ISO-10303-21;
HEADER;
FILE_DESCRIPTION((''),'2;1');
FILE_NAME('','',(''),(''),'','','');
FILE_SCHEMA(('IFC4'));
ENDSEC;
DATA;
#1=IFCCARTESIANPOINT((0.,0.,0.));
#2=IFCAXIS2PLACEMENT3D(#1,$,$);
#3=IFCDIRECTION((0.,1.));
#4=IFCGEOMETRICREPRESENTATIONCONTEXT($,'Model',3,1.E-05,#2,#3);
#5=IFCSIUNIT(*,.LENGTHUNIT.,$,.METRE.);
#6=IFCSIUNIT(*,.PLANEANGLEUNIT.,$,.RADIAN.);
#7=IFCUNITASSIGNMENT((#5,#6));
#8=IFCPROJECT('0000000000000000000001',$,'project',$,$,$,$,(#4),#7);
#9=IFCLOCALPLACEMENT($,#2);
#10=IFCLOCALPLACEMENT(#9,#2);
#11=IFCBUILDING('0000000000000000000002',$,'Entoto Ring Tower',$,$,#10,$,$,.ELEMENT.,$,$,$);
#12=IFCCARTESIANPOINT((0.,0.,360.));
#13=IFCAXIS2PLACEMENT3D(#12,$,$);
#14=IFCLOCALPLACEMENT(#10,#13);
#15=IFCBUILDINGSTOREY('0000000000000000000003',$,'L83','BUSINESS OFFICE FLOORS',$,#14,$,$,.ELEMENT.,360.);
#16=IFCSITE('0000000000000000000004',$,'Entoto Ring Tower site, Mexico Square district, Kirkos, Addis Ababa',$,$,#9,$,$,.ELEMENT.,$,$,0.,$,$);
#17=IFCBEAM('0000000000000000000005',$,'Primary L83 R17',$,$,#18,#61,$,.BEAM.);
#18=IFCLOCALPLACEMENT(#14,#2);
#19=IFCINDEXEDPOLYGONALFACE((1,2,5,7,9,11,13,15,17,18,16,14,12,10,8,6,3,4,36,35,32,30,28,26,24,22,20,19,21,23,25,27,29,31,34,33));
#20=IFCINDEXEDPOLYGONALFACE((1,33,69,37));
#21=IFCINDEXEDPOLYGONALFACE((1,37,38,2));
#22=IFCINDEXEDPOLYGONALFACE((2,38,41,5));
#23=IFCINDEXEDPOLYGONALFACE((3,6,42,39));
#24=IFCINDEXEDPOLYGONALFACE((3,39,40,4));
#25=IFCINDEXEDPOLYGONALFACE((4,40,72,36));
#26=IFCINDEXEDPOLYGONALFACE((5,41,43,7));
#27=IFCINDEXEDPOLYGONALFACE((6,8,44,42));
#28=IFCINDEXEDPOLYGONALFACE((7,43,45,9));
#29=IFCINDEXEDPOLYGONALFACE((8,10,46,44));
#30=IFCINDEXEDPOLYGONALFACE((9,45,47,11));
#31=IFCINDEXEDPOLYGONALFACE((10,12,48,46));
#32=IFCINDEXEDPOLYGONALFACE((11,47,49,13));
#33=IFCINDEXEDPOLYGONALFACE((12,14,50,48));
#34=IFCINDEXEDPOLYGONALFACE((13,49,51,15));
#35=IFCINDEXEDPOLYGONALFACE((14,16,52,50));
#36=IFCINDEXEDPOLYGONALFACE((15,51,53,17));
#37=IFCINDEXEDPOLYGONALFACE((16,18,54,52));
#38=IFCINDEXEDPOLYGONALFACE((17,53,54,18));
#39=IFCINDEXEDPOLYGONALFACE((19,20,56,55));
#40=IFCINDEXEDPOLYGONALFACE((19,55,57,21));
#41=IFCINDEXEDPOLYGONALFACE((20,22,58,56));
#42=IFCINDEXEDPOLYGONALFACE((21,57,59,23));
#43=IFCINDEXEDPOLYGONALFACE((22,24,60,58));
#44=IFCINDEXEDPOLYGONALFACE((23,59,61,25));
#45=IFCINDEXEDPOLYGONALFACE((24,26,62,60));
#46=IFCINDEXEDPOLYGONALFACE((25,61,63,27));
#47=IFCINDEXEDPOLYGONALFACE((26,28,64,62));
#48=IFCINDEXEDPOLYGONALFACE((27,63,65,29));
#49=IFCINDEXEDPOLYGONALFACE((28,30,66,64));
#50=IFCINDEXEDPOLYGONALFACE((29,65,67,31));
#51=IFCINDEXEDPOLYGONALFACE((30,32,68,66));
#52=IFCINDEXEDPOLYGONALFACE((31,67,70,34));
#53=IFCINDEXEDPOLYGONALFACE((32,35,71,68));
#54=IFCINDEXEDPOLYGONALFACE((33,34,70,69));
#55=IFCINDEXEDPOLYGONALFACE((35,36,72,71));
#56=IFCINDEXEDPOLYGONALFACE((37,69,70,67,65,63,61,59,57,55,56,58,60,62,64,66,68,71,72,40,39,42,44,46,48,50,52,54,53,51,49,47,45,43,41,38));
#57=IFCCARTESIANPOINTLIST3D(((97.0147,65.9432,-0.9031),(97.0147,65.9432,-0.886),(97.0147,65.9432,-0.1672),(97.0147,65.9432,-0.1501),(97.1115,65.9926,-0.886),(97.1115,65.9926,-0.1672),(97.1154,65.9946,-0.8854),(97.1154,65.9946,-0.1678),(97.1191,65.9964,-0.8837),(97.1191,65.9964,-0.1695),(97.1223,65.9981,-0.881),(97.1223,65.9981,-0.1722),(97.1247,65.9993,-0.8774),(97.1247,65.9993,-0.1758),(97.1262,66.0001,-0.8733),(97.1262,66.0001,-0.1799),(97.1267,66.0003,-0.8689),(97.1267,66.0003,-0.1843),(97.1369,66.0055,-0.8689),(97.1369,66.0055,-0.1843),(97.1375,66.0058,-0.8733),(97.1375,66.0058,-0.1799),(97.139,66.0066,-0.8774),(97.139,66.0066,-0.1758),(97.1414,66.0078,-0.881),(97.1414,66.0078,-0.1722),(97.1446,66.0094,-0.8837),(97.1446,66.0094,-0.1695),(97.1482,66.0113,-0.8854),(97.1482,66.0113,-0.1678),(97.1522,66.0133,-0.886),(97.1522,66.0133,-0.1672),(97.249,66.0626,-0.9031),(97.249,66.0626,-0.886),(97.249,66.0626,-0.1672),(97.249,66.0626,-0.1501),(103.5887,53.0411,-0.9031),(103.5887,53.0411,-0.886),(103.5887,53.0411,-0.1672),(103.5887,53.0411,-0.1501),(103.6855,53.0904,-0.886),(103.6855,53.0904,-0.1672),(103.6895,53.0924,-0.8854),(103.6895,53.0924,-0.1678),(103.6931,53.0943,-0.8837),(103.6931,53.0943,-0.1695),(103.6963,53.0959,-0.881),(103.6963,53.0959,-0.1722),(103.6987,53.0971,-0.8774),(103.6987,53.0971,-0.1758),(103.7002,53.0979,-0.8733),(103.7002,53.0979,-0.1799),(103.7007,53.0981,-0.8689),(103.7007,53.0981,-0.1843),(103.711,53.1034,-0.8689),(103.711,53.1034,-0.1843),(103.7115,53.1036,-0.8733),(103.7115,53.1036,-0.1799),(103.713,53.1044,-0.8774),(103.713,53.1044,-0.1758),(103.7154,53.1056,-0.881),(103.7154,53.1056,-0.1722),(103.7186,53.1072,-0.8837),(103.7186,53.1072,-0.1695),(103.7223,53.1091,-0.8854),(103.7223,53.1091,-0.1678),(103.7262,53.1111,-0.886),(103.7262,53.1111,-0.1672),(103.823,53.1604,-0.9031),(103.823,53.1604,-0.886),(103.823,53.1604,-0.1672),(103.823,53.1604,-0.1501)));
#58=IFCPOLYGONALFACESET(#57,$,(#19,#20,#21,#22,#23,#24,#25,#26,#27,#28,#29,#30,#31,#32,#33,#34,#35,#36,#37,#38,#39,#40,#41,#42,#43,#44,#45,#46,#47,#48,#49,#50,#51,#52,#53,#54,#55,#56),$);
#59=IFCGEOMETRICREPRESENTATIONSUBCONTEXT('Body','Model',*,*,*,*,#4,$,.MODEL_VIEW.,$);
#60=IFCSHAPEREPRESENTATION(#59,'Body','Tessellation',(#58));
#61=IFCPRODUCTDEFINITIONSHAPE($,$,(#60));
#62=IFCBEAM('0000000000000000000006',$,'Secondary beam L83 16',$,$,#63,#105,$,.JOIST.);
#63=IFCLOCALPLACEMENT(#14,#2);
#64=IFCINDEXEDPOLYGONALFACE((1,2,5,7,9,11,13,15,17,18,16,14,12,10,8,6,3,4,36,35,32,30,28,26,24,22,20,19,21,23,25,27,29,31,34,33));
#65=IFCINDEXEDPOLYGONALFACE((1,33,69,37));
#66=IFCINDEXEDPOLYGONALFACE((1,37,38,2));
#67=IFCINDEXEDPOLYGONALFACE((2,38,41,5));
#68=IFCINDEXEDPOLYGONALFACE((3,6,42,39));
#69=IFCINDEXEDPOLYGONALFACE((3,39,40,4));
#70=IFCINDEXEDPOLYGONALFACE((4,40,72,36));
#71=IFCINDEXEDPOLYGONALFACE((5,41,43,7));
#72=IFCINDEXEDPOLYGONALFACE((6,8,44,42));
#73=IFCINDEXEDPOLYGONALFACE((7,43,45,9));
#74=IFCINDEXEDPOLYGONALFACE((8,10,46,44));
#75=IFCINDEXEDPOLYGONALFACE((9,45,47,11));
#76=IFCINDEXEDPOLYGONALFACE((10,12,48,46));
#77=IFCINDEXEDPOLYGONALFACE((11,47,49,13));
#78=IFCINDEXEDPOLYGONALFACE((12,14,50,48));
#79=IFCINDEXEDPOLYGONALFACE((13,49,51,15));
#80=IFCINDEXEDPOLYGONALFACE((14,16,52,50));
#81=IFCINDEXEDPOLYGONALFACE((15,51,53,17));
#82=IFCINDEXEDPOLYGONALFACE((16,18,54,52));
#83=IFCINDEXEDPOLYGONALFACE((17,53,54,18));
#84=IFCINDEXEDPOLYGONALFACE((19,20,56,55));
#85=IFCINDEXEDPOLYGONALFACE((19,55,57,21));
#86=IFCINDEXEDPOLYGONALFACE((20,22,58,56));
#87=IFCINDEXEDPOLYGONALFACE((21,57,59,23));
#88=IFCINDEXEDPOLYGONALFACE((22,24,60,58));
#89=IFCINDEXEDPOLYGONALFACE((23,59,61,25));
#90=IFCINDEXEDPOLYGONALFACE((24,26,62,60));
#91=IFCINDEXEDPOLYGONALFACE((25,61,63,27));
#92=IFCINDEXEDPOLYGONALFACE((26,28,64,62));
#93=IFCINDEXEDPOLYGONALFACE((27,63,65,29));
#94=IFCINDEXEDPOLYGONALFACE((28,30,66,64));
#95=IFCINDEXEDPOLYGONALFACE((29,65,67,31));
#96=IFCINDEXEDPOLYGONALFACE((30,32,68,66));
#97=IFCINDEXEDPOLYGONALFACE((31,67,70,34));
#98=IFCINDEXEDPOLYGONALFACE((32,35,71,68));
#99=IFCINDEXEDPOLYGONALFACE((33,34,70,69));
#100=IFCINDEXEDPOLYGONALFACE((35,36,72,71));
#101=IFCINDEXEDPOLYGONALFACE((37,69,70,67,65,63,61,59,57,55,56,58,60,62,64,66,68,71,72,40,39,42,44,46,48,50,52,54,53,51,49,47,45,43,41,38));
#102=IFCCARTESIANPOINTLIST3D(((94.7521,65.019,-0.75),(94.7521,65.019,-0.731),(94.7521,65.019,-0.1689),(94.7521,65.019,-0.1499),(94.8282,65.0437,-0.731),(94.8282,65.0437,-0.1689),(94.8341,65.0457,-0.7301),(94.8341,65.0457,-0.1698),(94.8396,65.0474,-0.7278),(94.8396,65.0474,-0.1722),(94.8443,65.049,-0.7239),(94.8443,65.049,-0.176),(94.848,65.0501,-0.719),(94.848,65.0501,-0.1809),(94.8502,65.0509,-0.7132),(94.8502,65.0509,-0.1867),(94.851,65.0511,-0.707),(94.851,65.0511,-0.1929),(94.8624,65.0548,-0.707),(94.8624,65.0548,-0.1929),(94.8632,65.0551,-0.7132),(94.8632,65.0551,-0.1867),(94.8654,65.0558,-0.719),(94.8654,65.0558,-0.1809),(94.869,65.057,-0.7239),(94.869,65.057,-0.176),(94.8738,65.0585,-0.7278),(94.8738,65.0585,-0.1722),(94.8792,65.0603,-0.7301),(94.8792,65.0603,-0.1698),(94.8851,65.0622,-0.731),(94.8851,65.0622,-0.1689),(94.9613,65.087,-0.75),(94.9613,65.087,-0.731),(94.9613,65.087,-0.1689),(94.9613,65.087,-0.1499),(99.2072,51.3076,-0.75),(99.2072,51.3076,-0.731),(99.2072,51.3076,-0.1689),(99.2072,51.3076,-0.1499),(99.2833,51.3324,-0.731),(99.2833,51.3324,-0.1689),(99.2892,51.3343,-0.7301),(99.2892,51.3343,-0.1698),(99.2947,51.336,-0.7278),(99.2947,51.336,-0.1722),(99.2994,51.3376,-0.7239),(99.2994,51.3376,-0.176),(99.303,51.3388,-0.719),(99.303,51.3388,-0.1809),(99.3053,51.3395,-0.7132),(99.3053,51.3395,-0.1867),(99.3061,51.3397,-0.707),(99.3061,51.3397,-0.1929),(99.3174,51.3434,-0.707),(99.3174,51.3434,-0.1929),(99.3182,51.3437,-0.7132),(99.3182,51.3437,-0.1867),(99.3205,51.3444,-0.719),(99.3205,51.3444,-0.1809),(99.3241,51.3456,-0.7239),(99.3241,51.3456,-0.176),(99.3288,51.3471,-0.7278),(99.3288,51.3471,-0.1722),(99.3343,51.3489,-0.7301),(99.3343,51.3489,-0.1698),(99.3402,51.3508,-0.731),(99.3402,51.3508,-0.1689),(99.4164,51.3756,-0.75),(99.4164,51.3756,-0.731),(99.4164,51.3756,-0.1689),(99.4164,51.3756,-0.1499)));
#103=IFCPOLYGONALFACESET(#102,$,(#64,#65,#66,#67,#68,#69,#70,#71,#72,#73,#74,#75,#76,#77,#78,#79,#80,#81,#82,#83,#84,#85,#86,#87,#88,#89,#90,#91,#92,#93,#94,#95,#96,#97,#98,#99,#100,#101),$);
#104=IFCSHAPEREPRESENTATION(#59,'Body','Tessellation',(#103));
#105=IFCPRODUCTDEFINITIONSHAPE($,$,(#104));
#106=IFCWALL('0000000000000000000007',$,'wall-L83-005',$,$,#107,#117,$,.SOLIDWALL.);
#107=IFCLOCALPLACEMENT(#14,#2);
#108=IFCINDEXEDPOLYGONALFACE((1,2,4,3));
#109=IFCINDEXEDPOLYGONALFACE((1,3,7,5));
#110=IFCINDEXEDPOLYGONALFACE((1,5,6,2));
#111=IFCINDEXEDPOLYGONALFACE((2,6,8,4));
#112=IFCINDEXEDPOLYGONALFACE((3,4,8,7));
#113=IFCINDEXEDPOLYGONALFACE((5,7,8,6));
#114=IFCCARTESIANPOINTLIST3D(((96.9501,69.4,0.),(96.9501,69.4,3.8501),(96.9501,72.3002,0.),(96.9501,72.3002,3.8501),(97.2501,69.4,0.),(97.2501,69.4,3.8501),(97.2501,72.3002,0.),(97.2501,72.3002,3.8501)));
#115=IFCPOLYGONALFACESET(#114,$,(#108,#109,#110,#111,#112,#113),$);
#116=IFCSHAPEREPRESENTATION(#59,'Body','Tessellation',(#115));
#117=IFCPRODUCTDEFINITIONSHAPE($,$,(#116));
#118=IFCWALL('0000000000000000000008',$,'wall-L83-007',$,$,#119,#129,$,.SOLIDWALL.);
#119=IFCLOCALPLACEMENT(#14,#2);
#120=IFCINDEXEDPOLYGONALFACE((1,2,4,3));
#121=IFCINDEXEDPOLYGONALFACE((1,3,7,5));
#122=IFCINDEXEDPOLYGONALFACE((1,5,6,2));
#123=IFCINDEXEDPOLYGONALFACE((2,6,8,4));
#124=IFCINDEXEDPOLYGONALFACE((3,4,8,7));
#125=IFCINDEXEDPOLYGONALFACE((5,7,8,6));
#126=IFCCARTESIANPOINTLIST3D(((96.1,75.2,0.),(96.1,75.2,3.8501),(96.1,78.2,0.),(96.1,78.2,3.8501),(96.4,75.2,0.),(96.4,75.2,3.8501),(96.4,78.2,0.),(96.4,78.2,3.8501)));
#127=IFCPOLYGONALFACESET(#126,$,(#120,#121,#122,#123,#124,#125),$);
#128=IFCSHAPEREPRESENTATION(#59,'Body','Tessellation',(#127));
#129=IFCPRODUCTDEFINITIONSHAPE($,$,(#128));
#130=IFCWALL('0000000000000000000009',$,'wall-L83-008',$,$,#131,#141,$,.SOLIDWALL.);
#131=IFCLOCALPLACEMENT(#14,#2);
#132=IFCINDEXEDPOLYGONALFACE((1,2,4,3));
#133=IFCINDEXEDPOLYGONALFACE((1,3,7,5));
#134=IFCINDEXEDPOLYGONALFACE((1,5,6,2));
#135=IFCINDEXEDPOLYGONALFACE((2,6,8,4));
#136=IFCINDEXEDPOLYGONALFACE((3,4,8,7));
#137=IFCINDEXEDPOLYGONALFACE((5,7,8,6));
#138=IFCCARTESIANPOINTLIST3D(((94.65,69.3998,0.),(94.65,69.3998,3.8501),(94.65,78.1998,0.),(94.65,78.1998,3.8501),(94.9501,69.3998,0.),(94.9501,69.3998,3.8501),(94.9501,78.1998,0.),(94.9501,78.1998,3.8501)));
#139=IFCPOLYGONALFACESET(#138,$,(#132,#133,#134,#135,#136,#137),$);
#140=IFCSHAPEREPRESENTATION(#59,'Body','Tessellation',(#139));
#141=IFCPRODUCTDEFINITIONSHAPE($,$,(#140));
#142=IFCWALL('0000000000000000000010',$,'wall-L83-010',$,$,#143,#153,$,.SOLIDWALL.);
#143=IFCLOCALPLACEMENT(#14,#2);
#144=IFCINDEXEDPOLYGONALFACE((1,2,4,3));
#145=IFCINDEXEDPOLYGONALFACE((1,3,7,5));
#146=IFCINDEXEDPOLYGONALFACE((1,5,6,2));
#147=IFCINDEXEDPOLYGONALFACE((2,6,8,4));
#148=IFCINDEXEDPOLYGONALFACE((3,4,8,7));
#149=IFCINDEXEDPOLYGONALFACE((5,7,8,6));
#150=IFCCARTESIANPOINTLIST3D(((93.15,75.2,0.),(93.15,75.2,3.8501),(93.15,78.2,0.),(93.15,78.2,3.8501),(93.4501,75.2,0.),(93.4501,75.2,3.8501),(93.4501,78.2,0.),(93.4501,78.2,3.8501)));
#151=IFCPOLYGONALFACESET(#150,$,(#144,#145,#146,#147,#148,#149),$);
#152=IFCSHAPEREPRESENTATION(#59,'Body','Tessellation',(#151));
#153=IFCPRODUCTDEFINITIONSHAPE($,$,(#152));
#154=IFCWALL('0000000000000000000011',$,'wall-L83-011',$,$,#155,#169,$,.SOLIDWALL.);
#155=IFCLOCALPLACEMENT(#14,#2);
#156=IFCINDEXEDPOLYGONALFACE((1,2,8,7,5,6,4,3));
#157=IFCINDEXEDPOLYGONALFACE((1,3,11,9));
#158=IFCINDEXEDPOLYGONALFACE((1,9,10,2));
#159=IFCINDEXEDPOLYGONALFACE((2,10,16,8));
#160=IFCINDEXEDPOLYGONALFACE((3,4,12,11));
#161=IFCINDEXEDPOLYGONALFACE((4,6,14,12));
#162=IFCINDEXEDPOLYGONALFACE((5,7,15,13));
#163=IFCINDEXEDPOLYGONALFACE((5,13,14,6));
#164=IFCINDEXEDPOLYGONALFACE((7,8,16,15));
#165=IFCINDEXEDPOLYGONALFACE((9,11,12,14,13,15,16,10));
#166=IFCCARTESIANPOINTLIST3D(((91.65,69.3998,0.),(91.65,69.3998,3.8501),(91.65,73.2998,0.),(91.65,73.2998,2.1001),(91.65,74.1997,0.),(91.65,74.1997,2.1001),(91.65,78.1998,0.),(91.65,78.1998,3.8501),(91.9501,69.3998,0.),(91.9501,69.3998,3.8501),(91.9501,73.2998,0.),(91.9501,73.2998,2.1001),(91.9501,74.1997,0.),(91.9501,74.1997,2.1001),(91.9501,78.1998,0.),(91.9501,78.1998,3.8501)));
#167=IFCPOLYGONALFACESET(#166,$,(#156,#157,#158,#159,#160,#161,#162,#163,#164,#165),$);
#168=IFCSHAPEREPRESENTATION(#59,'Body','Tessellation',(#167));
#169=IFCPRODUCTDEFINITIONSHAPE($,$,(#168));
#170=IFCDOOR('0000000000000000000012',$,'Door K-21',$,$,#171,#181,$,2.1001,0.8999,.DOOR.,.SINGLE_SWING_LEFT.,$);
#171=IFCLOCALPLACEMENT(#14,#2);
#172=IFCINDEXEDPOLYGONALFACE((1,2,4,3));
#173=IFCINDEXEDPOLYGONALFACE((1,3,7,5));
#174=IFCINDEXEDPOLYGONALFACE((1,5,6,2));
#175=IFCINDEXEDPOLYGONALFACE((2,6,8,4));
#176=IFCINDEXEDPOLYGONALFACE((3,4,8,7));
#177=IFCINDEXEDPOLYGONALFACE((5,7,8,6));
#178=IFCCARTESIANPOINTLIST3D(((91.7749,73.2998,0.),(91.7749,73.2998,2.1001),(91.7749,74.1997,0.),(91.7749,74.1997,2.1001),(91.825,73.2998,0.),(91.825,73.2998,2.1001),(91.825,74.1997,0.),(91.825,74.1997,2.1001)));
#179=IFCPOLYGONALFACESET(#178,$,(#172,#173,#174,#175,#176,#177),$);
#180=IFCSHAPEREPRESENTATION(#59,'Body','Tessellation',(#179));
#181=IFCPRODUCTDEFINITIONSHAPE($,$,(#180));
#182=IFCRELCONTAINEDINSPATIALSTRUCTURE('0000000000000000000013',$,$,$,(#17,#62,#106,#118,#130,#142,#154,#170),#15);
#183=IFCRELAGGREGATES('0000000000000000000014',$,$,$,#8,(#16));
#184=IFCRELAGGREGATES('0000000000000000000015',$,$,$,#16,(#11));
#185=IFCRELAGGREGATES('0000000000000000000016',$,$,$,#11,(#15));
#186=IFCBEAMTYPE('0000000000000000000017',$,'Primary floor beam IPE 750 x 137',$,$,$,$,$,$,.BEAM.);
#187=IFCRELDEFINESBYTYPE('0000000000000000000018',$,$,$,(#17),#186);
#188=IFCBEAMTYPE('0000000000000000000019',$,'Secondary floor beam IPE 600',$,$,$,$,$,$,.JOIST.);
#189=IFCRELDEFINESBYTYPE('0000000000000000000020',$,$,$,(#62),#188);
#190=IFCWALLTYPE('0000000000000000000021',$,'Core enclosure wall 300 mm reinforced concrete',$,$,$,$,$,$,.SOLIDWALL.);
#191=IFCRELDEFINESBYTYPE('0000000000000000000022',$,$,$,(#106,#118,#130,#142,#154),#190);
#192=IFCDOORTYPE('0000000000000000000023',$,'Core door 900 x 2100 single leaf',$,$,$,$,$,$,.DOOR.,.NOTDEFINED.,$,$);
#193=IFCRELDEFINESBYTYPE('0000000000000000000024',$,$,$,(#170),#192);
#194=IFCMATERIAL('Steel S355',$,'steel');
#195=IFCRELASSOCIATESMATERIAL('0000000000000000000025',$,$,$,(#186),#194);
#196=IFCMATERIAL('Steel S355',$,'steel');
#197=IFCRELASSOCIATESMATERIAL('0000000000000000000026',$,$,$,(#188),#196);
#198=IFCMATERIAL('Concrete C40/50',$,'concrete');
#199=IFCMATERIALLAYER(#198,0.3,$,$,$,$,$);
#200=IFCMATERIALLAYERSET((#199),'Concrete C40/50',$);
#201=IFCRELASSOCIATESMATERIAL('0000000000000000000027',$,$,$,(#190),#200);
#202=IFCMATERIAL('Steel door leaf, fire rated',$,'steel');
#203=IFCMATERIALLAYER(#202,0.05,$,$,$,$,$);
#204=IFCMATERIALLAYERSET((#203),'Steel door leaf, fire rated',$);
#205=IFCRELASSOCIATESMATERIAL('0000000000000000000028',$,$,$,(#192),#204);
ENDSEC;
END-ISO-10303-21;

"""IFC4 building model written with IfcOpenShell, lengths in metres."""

from ifc_helpers import new_model, si_unit, direction, frame, frame_2d, origin, origin_2d, place, context, subcontext, project, spatial, rectangle, i_section, extrude, material, layer, layer_set, material_profile, profile_set, type_object, element, fill, save


model = new_model("IFC4")

# Units and contexts
model_context = context("Model", 3, precision=1e-05, world=origin(), true_north=direction((0.0, 1.0)))
body_context = subcontext(model_context, "Body", "Model", "MODEL_VIEW")
ifc_project = project(units=[si_unit("LENGTHUNIT", "METRE"), si_unit("PLANEANGLEUNIT", "RADIAN")], contexts=[model_context])

# Site, building, storey
site_placement = place(None, origin())
site = spatial("IfcSite", under=ifc_project, at=site_placement, Name="Entoto Ring Tower site, Mexico Square district, Kirkos, Addis Ababa", CompositionType="ELEMENT", RefElevation=0.0)
building_placement = place(site_placement, origin())
building = spatial("IfcBuilding", under=site, at=building_placement, Name="Entoto Ring Tower", CompositionType="ELEMENT")
storey_placement = place(building_placement, frame((0.0, 0.0, 360.0)))
storey = spatial("IfcBuildingStorey", under=building, at=storey_placement, Name="L83", Description="BUSINESS OFFICE FLOORS", CompositionType="ELEMENT", Elevation=360.0)

# Beams
ifc_material_1 = material(Name="Steel S355", Category="steel")
ifc_material_profile_1 = material_profile(ifc_material_1, i_section(OverallWidth=0.2629, OverallDepth=0.7529, WebThickness=0.0115, FlangeThickness=0.0171, FilletRadius=0.0171, at=origin_2d()), Name="IPE 750 x 137")
ifc_profile_set_1 = profile_set([ifc_material_profile_1], Name="Steel S355")
beam_type_1 = type_object("IfcBeamType", Name="Primary floor beam IPE 750 x 137", PredefinedType="BEAM", material=ifc_profile_set_1)
beam_1_placement = place(storey_placement, frame((97.1318, 66.0029, -0.5266), z_axis=(0.453992, -0.891006, 0.0), x_axis=(0.891006, 0.453992, 0.0)))
element("IfcBeam", 1, at=beam_1_placement, inside=storey, type_object=beam_type_1, Name="Primary L83 R17", PredefinedType="BEAM", context=body_context, shape_type="SweptSolid", body=[
    extrude(i_section(OverallWidth=0.2629, OverallDepth=0.7529, WebThickness=0.0115, FlangeThickness=0.0171, FilletRadius=0.0171, at=origin_2d()), origin(), (0.0, 0.0, 1.0), 14.4805),
])
ifc_material_2 = material(Name="Steel S355", Category="steel")
ifc_material_profile_2 = material_profile(ifc_material_2, i_section(OverallWidth=0.22, OverallDepth=0.6001, WebThickness=0.012, FlangeThickness=0.019, FilletRadius=0.0239, at=origin_2d()), Name="IPE 600")
ifc_profile_set_2 = profile_set([ifc_material_profile_2], Name="Steel S355")
beam_type_2 = type_object("IfcBeamType", Name="Secondary floor beam IPE 600", PredefinedType="JOIST", material=ifc_profile_set_2)
beam_2_placement = place(storey_placement, frame((94.8567, 65.053, -0.45), z_axis=(0.309015, -0.951057, 0.0), x_axis=(0.951057, 0.309015, 0.0)))
element("IfcBeam", 2, at=beam_2_placement, inside=storey, type_object=beam_type_2, Name="Secondary beam L83 16", PredefinedType="JOIST", context=body_context, shape_type="SweptSolid", body=[
    extrude(i_section(OverallWidth=0.22, OverallDepth=0.6001, WebThickness=0.012, FlangeThickness=0.019, FilletRadius=0.0239, at=origin_2d()), origin(), (0.0, 0.0, 1.0), 14.417),
])

# Walls
ifc_material_3 = material(Name="Concrete C40/50", Category="concrete")
ifc_layer_1 = layer(ifc_material_3, 0.3)
ifc_layer_set_1 = layer_set([ifc_layer_1], Name="Concrete C40/50")
wall_type_1 = type_object("IfcWallType", Name="Core enclosure wall 300 mm reinforced concrete", PredefinedType="SOLIDWALL", material=ifc_layer_set_1)
wall_1_placement = place(storey_placement, frame((97.1001, 69.3999, 0.0), z_axis=(0.0, 0.0, 1.0), x_axis=(0.0, 1.0, 0.0)))
element("IfcWall", 3, at=wall_1_placement, inside=storey, type_object=wall_type_1, Name="wall-L83-005", PredefinedType="SOLIDWALL", context=body_context, shape_type="SweptSolid", body=[
    extrude(rectangle(XDim=2.9001, YDim=0.3, at=frame_2d((1.4502, 0.0))), origin(), (0.0, 0.0, 1.0), 3.8501),
])
wall_2_placement = place(storey_placement, frame((96.25, 75.2, 0.0), z_axis=(0.0, 0.0, 1.0), x_axis=(0.0, 1.0, 0.0)))
element("IfcWall", 4, at=wall_2_placement, inside=storey, type_object=wall_type_1, Name="wall-L83-007", PredefinedType="SOLIDWALL", context=body_context, shape_type="SweptSolid", body=[
    extrude(rectangle(XDim=3.0, YDim=0.3, at=frame_2d((1.5, 0.0))), origin(), (0.0, 0.0, 1.0), 3.8501),
])
wall_3_placement = place(storey_placement, frame((94.8, 69.3999, 0.0), z_axis=(0.0, 0.0, 1.0), x_axis=(0.0, 1.0, 0.0)))
element("IfcWall", 5, at=wall_3_placement, inside=storey, type_object=wall_type_1, Name="wall-L83-008", PredefinedType="SOLIDWALL", context=body_context, shape_type="SweptSolid", body=[
    extrude(rectangle(XDim=8.8, YDim=0.3, at=frame_2d((4.3999, 0.0))), origin(), (0.0, 0.0, 1.0), 3.8501),
])
wall_4_placement = place(storey_placement, frame((93.3, 75.2, 0.0), z_axis=(0.0, 0.0, 1.0), x_axis=(0.0, 1.0, 0.0)))
element("IfcWall", 6, at=wall_4_placement, inside=storey, type_object=wall_type_1, Name="wall-L83-010", PredefinedType="SOLIDWALL", context=body_context, shape_type="SweptSolid", body=[
    extrude(rectangle(XDim=3.0, YDim=0.3, at=frame_2d((1.5, 0.0))), origin(), (0.0, 0.0, 1.0), 3.8501),
])

# Wall, opening, door
wall_5_placement = place(storey_placement, frame((91.8, 69.3999, 0.0), z_axis=(0.0, 0.0, 1.0), x_axis=(0.0, 1.0, 0.0)))
wall_5 = element("IfcWall", 7, at=wall_5_placement, inside=storey, type_object=wall_type_1, Name="wall-L83-011", PredefinedType="SOLIDWALL", context=body_context, shape_type="SweptSolid", body=[
    extrude(rectangle(XDim=8.8, YDim=0.3, at=frame_2d((4.3999, 0.0))), origin(), (0.0, 0.0, 1.0), 3.8501),
])
opening_1_placement = place(wall_5_placement, frame((3.8999, 0.0, 0.0)))
opening_1 = element("IfcOpeningElement", 8, at=opening_1_placement, cuts=wall_5, PredefinedType="OPENING", context=body_context, shape_type="SweptSolid", body=[
    extrude(rectangle(XDim=0.8999, YDim=2.1001, at=frame_2d((0.45, 1.05))), frame((0.0, 0.1602, 0.0), z_axis=(0.0, -1.0, 0.0), x_axis=(1.0, 0.0, 0.0)), (0.0, 0.0, 1.0), 0.3201),
])
ifc_material_4 = material(Name="Steel door leaf, fire rated", Category="steel")
ifc_layer_2 = layer(ifc_material_4, 0.05)
ifc_layer_set_2 = layer_set([ifc_layer_2], Name="Steel door leaf, fire rated")
door_type_1 = type_object("IfcDoorType", Name="Core door 900 x 2100 single leaf", OperationType="NOTDEFINED", PredefinedType="DOOR", material=ifc_layer_set_2)
door_1_placement = place(opening_1_placement, frame((0.8999, 0.0, 0.0), z_axis=(0.0, 0.0, 1.0), x_axis=(-1.0, 0.0, 0.0)))
door_1 = element("IfcDoor", 9, at=door_1_placement, inside=storey, type_object=door_type_1, Name="Door K-21", OperationType="SINGLE_SWING_LEFT", OverallHeight=2.1001, OverallWidth=0.8999, PredefinedType="DOOR", context=body_context, shape_type="SweptSolid", body=[
    extrude(rectangle(XDim=0.8999, YDim=2.1001, at=frame_2d((0.45, 1.05))), frame((0.0, 0.0249, 0.0), z_axis=(0.0, -1.0, 0.0), x_axis=(1.0, 0.0, 0.0)), (0.0, 0.0, 1.0), 0.05),
])
fill(opening_1, door_1)

save(model, "model.ifc")
